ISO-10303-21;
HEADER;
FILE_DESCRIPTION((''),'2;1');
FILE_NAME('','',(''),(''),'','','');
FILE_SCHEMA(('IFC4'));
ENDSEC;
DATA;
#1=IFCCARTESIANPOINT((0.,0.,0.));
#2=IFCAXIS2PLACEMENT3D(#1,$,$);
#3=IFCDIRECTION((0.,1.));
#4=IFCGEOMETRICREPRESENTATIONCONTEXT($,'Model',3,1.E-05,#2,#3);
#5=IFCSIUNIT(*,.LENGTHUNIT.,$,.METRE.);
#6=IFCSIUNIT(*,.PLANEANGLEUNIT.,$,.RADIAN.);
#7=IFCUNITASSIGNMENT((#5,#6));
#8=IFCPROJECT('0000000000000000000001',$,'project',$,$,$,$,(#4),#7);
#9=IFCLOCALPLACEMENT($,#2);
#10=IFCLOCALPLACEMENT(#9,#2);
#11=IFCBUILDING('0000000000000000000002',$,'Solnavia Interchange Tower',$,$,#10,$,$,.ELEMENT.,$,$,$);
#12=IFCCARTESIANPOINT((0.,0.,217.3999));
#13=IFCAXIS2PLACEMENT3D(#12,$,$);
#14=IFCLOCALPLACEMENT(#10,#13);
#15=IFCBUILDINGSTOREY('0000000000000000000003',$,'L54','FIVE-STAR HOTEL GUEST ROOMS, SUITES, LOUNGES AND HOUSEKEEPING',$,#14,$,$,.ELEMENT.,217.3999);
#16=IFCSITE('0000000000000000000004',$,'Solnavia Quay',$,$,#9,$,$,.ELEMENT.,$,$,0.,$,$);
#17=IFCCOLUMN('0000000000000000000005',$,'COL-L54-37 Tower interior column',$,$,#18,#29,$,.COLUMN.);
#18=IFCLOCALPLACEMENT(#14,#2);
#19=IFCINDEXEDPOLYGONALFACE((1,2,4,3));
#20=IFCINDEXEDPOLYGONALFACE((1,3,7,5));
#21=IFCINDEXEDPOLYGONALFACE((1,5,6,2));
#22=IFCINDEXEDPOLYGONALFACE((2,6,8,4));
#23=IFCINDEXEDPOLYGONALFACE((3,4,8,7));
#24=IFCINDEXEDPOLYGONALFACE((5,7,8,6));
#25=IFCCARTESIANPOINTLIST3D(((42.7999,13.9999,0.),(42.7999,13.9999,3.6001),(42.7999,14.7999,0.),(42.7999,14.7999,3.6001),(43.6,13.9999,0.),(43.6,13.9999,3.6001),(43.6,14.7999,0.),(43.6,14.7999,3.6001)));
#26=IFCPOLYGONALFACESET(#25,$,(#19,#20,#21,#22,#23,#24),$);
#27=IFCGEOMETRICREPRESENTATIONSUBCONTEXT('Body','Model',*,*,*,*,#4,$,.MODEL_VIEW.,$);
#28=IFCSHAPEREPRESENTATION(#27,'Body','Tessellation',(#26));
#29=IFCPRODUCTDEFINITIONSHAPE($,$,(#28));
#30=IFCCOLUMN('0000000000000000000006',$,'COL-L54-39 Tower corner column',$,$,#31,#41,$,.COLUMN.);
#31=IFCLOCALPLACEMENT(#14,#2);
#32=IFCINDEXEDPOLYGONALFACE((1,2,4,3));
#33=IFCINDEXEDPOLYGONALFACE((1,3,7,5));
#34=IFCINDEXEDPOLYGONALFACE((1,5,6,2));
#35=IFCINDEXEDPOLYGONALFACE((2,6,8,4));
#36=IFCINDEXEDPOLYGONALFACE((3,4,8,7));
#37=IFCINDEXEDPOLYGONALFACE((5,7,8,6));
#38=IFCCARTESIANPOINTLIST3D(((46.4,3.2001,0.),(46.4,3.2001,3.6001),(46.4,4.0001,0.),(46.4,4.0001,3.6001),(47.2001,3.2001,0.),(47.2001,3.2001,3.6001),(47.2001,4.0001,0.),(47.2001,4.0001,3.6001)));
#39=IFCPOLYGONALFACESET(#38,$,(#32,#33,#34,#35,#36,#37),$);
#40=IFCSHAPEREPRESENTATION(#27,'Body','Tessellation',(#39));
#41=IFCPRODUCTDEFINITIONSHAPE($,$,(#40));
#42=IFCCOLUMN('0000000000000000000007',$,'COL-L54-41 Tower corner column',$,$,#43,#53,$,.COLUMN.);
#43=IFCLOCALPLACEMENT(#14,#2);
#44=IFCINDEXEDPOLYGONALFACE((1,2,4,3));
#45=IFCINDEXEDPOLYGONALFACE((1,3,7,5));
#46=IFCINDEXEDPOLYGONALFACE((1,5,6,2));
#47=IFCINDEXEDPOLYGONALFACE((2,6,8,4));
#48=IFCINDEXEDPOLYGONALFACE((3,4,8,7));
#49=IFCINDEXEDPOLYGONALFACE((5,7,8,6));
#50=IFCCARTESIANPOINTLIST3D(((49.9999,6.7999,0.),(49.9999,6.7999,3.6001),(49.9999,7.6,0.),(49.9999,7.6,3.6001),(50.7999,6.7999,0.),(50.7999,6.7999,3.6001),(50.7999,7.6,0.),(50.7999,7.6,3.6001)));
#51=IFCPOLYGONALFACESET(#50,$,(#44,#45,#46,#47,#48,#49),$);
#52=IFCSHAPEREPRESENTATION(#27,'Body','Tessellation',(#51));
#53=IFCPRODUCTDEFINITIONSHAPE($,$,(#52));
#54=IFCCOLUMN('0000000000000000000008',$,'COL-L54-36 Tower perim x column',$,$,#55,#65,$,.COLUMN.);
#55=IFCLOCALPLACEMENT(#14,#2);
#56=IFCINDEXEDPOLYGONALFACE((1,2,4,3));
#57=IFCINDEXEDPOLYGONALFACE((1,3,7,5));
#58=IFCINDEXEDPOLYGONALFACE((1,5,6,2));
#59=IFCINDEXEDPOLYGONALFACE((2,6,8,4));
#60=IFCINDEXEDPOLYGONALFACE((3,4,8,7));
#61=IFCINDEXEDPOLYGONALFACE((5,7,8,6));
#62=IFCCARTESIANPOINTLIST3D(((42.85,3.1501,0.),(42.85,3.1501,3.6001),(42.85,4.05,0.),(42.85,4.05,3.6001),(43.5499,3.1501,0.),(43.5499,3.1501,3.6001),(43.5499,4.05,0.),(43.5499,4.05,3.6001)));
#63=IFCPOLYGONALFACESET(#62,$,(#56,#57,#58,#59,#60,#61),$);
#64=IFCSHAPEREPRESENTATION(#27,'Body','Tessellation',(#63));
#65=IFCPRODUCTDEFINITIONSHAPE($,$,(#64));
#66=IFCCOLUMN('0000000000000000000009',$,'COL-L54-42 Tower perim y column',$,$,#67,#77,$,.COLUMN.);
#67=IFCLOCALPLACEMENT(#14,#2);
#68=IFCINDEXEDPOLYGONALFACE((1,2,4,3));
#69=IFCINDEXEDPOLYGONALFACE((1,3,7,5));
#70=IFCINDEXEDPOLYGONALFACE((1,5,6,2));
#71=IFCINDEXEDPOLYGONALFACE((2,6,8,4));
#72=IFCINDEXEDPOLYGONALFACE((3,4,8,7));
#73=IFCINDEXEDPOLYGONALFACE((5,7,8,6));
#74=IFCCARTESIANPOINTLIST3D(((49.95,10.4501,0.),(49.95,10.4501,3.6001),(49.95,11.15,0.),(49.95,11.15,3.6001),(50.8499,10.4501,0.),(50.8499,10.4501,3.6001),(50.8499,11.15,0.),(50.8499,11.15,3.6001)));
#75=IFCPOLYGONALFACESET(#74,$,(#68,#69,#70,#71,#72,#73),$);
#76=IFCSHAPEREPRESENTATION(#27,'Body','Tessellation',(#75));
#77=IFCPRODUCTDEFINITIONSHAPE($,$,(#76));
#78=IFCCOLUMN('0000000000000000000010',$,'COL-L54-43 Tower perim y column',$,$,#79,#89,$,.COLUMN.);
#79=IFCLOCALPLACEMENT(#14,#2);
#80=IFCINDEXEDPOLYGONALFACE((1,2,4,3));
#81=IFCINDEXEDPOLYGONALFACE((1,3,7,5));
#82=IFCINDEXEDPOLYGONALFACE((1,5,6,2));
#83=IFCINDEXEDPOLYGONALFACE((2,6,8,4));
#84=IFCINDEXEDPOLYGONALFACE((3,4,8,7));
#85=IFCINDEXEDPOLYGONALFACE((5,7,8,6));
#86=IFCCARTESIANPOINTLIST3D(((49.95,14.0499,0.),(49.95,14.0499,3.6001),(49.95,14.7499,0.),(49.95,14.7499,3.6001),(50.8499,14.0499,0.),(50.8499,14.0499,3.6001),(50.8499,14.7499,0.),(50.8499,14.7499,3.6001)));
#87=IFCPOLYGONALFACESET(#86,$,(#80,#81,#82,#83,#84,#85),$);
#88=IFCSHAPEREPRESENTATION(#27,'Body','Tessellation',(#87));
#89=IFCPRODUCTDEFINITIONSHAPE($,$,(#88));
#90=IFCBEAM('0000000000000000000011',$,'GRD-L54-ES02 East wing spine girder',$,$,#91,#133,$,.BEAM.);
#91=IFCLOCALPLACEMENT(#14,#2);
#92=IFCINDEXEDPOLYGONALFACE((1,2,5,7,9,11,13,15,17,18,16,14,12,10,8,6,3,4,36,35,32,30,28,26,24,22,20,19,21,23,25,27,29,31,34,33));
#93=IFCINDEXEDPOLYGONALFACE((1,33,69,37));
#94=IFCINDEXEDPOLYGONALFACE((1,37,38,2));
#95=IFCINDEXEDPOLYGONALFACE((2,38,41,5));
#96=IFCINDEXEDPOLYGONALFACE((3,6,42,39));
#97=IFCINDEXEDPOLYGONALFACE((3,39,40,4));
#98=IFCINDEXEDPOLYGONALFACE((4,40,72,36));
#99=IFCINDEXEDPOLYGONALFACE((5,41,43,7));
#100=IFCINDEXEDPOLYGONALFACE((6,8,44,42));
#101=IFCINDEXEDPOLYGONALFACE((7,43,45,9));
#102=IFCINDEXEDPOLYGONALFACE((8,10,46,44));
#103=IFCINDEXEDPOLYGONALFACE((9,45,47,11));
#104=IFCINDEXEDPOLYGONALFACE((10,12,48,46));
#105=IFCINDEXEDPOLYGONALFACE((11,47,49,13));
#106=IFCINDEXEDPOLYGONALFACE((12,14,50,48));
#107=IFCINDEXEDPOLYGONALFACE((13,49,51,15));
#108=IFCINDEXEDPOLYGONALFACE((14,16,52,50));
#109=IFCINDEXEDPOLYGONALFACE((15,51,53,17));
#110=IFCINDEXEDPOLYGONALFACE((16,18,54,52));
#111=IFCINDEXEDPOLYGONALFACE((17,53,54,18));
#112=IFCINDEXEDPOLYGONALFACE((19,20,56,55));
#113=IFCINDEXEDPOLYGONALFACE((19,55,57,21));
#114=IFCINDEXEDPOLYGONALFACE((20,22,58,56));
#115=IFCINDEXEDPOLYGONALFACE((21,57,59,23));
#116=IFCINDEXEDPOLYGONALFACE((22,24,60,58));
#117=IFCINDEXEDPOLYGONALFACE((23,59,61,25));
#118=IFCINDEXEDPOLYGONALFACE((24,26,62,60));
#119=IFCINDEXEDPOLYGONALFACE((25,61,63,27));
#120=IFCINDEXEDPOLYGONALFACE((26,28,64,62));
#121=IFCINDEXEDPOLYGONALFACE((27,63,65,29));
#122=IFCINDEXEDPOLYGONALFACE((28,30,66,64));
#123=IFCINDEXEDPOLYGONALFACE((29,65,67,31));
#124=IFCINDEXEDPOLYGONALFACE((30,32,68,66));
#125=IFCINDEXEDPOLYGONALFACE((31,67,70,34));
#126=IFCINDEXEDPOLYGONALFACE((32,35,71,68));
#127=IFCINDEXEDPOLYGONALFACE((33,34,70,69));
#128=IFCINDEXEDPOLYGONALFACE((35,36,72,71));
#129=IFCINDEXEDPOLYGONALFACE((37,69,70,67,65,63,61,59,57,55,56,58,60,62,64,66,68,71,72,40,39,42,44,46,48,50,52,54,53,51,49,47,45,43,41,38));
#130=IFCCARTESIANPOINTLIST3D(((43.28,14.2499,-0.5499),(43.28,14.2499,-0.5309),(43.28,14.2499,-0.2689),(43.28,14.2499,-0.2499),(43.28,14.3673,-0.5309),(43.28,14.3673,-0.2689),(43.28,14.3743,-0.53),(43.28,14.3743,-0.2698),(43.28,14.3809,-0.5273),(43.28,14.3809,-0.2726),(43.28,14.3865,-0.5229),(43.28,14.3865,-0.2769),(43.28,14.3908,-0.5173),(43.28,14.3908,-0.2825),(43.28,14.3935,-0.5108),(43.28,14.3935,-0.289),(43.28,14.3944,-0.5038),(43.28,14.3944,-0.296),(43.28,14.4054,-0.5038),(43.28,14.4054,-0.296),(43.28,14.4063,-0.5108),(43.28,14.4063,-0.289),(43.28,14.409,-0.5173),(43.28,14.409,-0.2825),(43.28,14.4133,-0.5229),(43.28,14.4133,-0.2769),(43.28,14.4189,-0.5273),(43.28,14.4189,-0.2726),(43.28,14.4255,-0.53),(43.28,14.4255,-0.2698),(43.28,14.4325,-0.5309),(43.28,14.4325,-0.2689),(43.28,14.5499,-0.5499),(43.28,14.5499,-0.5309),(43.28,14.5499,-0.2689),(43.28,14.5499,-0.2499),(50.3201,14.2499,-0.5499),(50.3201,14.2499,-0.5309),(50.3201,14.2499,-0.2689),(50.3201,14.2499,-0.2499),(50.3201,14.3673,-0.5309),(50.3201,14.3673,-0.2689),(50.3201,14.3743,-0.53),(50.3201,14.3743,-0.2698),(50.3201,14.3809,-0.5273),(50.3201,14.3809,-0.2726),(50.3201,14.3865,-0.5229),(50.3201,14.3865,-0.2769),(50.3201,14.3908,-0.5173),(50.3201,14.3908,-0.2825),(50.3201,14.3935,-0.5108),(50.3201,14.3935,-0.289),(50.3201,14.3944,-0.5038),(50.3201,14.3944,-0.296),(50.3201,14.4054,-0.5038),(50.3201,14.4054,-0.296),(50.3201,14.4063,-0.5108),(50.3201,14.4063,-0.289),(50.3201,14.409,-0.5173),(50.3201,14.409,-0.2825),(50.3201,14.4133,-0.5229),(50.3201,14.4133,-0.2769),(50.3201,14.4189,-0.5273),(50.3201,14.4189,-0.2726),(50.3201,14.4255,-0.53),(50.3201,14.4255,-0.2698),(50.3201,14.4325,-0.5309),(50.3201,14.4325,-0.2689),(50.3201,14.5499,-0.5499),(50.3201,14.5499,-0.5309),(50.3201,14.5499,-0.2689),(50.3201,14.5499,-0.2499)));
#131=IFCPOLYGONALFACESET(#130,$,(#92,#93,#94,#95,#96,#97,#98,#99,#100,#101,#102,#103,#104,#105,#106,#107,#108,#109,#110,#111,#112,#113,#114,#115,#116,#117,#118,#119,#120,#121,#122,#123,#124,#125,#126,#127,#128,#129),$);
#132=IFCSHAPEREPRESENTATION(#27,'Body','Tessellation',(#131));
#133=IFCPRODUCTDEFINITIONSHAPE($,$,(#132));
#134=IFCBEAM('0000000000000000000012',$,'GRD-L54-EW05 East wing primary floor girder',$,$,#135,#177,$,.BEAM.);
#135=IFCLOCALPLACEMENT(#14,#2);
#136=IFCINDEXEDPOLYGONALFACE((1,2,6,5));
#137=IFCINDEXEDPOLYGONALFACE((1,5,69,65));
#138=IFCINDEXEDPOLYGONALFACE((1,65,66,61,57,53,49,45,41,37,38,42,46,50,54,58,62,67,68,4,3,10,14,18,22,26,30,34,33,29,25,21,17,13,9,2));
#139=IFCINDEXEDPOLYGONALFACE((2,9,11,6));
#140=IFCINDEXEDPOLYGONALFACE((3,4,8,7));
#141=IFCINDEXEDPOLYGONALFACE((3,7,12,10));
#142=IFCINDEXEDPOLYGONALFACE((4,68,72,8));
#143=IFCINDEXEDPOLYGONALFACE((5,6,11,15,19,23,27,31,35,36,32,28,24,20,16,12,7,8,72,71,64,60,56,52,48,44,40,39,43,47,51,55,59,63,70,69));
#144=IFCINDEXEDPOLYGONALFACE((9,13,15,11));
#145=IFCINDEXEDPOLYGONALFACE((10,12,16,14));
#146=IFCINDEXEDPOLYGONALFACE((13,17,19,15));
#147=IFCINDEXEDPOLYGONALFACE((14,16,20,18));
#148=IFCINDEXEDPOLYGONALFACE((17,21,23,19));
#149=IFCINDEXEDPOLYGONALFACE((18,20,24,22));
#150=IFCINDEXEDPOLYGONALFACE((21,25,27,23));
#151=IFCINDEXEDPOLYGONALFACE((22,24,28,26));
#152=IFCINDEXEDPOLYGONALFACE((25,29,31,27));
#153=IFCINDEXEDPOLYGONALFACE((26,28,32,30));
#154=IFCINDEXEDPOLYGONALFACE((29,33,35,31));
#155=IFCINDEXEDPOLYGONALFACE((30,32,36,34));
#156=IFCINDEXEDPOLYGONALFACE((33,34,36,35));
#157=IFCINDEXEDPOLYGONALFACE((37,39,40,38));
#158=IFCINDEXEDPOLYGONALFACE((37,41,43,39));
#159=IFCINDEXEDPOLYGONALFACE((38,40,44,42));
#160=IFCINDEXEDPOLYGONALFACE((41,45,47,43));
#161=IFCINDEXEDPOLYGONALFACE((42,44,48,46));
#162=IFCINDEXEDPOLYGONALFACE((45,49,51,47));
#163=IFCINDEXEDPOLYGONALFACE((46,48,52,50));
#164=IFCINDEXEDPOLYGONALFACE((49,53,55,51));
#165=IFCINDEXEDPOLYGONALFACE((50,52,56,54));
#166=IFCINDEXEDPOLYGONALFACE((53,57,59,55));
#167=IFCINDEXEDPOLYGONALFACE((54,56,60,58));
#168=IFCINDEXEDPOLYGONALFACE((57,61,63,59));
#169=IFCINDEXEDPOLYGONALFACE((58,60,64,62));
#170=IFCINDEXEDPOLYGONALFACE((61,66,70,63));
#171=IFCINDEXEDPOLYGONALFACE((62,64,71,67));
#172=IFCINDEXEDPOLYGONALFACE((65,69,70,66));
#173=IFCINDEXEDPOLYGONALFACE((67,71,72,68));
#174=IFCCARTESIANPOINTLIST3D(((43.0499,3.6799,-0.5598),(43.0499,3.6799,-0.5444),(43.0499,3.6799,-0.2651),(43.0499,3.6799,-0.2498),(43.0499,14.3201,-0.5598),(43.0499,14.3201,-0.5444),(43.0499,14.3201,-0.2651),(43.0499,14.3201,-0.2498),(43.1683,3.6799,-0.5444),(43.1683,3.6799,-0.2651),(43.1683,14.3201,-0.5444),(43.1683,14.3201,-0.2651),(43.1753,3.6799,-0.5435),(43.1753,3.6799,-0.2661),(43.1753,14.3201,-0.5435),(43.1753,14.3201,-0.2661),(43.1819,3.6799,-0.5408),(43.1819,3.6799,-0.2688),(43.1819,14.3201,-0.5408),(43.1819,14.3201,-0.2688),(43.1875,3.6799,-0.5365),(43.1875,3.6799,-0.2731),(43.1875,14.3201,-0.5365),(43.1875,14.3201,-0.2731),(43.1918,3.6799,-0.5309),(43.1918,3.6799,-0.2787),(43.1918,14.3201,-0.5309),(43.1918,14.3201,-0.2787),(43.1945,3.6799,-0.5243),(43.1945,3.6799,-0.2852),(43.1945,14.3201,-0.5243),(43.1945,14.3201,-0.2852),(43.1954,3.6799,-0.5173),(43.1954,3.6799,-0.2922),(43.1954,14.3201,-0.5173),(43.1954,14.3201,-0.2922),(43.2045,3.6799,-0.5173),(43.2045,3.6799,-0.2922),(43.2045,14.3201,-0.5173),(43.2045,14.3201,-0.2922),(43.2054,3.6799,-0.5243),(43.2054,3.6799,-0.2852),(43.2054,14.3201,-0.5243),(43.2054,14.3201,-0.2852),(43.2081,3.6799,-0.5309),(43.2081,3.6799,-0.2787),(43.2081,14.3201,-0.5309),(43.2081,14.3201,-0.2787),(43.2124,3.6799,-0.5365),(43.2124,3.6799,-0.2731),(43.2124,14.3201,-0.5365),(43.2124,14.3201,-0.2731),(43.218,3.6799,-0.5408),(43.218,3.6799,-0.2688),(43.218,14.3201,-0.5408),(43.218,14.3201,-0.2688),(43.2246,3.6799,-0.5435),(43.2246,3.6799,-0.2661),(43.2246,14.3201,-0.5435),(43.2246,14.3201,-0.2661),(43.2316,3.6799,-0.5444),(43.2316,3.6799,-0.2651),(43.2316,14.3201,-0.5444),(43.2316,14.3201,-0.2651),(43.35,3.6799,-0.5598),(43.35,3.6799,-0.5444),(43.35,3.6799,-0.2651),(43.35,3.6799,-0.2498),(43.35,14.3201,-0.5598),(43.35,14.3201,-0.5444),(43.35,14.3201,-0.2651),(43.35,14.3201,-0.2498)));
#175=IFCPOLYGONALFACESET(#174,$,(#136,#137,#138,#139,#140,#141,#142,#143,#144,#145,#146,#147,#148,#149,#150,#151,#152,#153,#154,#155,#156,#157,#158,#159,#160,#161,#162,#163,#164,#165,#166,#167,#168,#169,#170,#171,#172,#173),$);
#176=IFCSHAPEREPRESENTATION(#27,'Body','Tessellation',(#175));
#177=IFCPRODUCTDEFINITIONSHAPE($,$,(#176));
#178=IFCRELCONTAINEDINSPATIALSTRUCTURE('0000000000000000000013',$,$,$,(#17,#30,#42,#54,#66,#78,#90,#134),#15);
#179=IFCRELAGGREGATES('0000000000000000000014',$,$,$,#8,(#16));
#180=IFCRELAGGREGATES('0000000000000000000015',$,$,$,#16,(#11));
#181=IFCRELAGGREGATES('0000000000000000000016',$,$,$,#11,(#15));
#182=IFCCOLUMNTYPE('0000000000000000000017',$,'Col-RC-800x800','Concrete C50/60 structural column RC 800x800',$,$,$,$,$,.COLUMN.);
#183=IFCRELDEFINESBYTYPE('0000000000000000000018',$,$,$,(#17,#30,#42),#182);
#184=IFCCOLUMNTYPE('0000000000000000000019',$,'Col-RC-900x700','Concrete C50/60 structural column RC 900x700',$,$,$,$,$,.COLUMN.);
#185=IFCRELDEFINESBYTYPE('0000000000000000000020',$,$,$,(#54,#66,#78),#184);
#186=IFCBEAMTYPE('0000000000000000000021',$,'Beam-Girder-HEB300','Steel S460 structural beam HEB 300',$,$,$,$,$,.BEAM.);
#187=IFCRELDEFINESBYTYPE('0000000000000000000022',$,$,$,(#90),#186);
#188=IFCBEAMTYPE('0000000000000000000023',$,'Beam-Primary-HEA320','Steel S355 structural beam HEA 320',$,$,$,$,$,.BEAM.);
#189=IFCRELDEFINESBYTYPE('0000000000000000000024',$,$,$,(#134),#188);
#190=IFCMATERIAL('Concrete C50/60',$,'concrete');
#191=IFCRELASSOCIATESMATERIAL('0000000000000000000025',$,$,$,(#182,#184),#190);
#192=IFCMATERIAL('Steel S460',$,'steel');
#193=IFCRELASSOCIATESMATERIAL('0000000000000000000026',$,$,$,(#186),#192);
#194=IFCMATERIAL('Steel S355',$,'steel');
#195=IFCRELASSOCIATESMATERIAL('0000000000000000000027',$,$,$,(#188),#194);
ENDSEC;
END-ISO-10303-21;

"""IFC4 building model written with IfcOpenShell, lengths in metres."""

from ifc_helpers import new_model, si_unit, direction, frame, origin, origin_2d, place, context, subcontext, project, spatial, rectangle, i_section, extrude, material, material_profile, profile_set, type_object, element, save


model = new_model("IFC4")

# Units and contexts
model_context = context("Model", 3, precision=1e-05, world=origin(), true_north=direction((0.0, 1.0)))
body_context = subcontext(model_context, "Body", "Model", "MODEL_VIEW")
ifc_project = project(units=[si_unit("LENGTHUNIT", "METRE"), si_unit("PLANEANGLEUNIT", "RADIAN")], contexts=[model_context])

# Site, building, storey
site_placement = place(None, origin())
site = spatial("IfcSite", under=ifc_project, at=site_placement, Name="Solnavia Quay", CompositionType="ELEMENT", RefElevation=0.0)
building_placement = place(site_placement, origin())
building = spatial("IfcBuilding", under=site, at=building_placement, Name="Solnavia Interchange Tower", CompositionType="ELEMENT")
storey_placement = place(building_placement, frame((0.0, 0.0, 217.3999)))
storey = spatial("IfcBuildingStorey", under=building, at=storey_placement, Name="L54", Description="FIVE-STAR HOTEL GUEST ROOMS, SUITES, LOUNGES AND HOUSEKEEPING", CompositionType="ELEMENT", Elevation=217.3999)

# Columns
ifc_material_1 = material(Name="Concrete C50/60", Category="concrete")
ifc_material_profile_1 = material_profile(ifc_material_1, rectangle(XDim=0.8, YDim=0.8, at=origin_2d()), Name="RC 800x800")
ifc_profile_set_1 = profile_set([ifc_material_profile_1], Name="Concrete C50/60")
column_type_1 = type_object("IfcColumnType", Name="Col-RC-800x800", Description="Concrete C50/60 structural column RC 800x800", PredefinedType="COLUMN", material=ifc_profile_set_1)
for number, where, z_axis, x_axis, name in (
    (1, (43.2, 14.3999, 0.0), (0.0, 0.0, 1.0), (1.0, 0.0, 0.0), "COL-L54-37 Tower interior column"),
    (2, (46.8, 3.6001, 0.0), (0.0, 0.0, 1.0), (1.0, 0.0, 0.0), "COL-L54-39 Tower corner column"),
    (3, (50.3999, 7.2, 0.0), (0.0, 0.0, 1.0), (1.0, 0.0, 0.0), "COL-L54-41 Tower corner column"),
):
    element("IfcColumn", number, at=place(storey_placement, frame(where, z_axis=z_axis, x_axis=x_axis)), inside=storey, type_object=column_type_1, Name=name, PredefinedType="COLUMN", context=body_context, shape_type="SweptSolid", body=[
        extrude(rectangle(XDim=0.8, YDim=0.8, at=origin_2d()), origin(), (0.0, 0.0, 1.0), 3.6001),
    ])
ifc_material_profile_2 = material_profile(ifc_material_1, rectangle(XDim=0.7, YDim=0.8999, at=origin_2d()), Name="RC 900x700")
ifc_profile_set_2 = profile_set([ifc_material_profile_2], Name="Concrete C50/60")
column_type_2 = type_object("IfcColumnType", Name="Col-RC-900x700", Description="Concrete C50/60 structural column RC 900x700", PredefinedType="COLUMN", material=ifc_profile_set_2)
for number, where, z_axis, x_axis, name in (
    (4, (43.2, 3.6001, 0.0), (0.0, 0.0, 1.0), (1.0, 0.0, 0.0), "COL-L54-36 Tower perim x column"),
    (5, (50.3999, 10.8, 0.0), (0.0, 0.0, 1.0), (0.0, 1.0, 0.0), "COL-L54-42 Tower perim y column"),
    (6, (50.3999, 14.3999, 0.0), (0.0, 0.0, 1.0), (0.0, 1.0, 0.0), "COL-L54-43 Tower perim y column"),
):
    element("IfcColumn", number, at=place(storey_placement, frame(where, z_axis=z_axis, x_axis=x_axis)), inside=storey, type_object=column_type_2, Name=name, PredefinedType="COLUMN", context=body_context, shape_type="SweptSolid", body=[
        extrude(rectangle(XDim=0.7, YDim=0.8999, at=origin_2d()), origin(), (0.0, 0.0, 1.0), 3.6001),
    ])

# Beams
ifc_material_2 = material(Name="Steel S460", Category="steel")
ifc_material_profile_3 = material_profile(ifc_material_2, i_section(OverallWidth=0.3, OverallDepth=0.3, WebThickness=0.011, FlangeThickness=0.019, FilletRadius=0.0271, at=origin_2d()), Name="HEB 300")
ifc_profile_set_3 = profile_set([ifc_material_profile_3], Name="Steel S460")
beam_type_1 = type_object("IfcBeamType", Name="Beam-Girder-HEB300", Description="Steel S460 structural beam HEB 300", PredefinedType="BEAM", material=ifc_profile_set_3)
beam_1_placement = place(storey_placement, frame((43.28, 14.3999, -0.3999), z_axis=(1.0, 0.0, 0.0), x_axis=(0.0, 1.0, 0.0)))
element("IfcBeam", 7, at=beam_1_placement, inside=storey, type_object=beam_type_1, Name="GRD-L54-ES02 East wing spine girder", PredefinedType="BEAM", context=body_context, shape_type="SweptSolid", body=[
    extrude(i_section(OverallWidth=0.3, OverallDepth=0.3, WebThickness=0.011, FlangeThickness=0.019, FilletRadius=0.0271, at=origin_2d()), origin(), (0.0, 0.0, 1.0), 7.04),
])
ifc_material_3 = material(Name="Steel S355", Category="steel")
ifc_material_profile_4 = material_profile(ifc_material_3, i_section(OverallWidth=0.3, OverallDepth=0.3101, WebThickness=0.009, FlangeThickness=0.0154, FilletRadius=0.0271, at=origin_2d()), Name="HEA 320")
ifc_profile_set_4 = profile_set([ifc_material_profile_4], Name="Steel S355")
beam_type_2 = type_object("IfcBeamType", Name="Beam-Primary-HEA320", Description="Steel S355 structural beam HEA 320", PredefinedType="BEAM", material=ifc_profile_set_4)
for number, where, z_axis, x_axis, name in (
    (8, (43.2, 3.6799, -0.4048), (0.0, 1.0, 0.0), (-1.0, 0.0, 0.0), "GRD-L54-EW05 East wing primary floor girder"),
):
    element("IfcBeam", number, at=place(storey_placement, frame(where, z_axis=z_axis, x_axis=x_axis)), inside=storey, type_object=beam_type_2, Name=name, PredefinedType="BEAM", context=body_context, shape_type="SweptSolid", body=[
        extrude(i_section(OverallWidth=0.3, OverallDepth=0.3101, WebThickness=0.009, FlangeThickness=0.0154, FilletRadius=0.0271, at=origin_2d()), origin(), (0.0, 0.0, 1.0), 10.6401),
    ])

save(model, "model.ifc")
